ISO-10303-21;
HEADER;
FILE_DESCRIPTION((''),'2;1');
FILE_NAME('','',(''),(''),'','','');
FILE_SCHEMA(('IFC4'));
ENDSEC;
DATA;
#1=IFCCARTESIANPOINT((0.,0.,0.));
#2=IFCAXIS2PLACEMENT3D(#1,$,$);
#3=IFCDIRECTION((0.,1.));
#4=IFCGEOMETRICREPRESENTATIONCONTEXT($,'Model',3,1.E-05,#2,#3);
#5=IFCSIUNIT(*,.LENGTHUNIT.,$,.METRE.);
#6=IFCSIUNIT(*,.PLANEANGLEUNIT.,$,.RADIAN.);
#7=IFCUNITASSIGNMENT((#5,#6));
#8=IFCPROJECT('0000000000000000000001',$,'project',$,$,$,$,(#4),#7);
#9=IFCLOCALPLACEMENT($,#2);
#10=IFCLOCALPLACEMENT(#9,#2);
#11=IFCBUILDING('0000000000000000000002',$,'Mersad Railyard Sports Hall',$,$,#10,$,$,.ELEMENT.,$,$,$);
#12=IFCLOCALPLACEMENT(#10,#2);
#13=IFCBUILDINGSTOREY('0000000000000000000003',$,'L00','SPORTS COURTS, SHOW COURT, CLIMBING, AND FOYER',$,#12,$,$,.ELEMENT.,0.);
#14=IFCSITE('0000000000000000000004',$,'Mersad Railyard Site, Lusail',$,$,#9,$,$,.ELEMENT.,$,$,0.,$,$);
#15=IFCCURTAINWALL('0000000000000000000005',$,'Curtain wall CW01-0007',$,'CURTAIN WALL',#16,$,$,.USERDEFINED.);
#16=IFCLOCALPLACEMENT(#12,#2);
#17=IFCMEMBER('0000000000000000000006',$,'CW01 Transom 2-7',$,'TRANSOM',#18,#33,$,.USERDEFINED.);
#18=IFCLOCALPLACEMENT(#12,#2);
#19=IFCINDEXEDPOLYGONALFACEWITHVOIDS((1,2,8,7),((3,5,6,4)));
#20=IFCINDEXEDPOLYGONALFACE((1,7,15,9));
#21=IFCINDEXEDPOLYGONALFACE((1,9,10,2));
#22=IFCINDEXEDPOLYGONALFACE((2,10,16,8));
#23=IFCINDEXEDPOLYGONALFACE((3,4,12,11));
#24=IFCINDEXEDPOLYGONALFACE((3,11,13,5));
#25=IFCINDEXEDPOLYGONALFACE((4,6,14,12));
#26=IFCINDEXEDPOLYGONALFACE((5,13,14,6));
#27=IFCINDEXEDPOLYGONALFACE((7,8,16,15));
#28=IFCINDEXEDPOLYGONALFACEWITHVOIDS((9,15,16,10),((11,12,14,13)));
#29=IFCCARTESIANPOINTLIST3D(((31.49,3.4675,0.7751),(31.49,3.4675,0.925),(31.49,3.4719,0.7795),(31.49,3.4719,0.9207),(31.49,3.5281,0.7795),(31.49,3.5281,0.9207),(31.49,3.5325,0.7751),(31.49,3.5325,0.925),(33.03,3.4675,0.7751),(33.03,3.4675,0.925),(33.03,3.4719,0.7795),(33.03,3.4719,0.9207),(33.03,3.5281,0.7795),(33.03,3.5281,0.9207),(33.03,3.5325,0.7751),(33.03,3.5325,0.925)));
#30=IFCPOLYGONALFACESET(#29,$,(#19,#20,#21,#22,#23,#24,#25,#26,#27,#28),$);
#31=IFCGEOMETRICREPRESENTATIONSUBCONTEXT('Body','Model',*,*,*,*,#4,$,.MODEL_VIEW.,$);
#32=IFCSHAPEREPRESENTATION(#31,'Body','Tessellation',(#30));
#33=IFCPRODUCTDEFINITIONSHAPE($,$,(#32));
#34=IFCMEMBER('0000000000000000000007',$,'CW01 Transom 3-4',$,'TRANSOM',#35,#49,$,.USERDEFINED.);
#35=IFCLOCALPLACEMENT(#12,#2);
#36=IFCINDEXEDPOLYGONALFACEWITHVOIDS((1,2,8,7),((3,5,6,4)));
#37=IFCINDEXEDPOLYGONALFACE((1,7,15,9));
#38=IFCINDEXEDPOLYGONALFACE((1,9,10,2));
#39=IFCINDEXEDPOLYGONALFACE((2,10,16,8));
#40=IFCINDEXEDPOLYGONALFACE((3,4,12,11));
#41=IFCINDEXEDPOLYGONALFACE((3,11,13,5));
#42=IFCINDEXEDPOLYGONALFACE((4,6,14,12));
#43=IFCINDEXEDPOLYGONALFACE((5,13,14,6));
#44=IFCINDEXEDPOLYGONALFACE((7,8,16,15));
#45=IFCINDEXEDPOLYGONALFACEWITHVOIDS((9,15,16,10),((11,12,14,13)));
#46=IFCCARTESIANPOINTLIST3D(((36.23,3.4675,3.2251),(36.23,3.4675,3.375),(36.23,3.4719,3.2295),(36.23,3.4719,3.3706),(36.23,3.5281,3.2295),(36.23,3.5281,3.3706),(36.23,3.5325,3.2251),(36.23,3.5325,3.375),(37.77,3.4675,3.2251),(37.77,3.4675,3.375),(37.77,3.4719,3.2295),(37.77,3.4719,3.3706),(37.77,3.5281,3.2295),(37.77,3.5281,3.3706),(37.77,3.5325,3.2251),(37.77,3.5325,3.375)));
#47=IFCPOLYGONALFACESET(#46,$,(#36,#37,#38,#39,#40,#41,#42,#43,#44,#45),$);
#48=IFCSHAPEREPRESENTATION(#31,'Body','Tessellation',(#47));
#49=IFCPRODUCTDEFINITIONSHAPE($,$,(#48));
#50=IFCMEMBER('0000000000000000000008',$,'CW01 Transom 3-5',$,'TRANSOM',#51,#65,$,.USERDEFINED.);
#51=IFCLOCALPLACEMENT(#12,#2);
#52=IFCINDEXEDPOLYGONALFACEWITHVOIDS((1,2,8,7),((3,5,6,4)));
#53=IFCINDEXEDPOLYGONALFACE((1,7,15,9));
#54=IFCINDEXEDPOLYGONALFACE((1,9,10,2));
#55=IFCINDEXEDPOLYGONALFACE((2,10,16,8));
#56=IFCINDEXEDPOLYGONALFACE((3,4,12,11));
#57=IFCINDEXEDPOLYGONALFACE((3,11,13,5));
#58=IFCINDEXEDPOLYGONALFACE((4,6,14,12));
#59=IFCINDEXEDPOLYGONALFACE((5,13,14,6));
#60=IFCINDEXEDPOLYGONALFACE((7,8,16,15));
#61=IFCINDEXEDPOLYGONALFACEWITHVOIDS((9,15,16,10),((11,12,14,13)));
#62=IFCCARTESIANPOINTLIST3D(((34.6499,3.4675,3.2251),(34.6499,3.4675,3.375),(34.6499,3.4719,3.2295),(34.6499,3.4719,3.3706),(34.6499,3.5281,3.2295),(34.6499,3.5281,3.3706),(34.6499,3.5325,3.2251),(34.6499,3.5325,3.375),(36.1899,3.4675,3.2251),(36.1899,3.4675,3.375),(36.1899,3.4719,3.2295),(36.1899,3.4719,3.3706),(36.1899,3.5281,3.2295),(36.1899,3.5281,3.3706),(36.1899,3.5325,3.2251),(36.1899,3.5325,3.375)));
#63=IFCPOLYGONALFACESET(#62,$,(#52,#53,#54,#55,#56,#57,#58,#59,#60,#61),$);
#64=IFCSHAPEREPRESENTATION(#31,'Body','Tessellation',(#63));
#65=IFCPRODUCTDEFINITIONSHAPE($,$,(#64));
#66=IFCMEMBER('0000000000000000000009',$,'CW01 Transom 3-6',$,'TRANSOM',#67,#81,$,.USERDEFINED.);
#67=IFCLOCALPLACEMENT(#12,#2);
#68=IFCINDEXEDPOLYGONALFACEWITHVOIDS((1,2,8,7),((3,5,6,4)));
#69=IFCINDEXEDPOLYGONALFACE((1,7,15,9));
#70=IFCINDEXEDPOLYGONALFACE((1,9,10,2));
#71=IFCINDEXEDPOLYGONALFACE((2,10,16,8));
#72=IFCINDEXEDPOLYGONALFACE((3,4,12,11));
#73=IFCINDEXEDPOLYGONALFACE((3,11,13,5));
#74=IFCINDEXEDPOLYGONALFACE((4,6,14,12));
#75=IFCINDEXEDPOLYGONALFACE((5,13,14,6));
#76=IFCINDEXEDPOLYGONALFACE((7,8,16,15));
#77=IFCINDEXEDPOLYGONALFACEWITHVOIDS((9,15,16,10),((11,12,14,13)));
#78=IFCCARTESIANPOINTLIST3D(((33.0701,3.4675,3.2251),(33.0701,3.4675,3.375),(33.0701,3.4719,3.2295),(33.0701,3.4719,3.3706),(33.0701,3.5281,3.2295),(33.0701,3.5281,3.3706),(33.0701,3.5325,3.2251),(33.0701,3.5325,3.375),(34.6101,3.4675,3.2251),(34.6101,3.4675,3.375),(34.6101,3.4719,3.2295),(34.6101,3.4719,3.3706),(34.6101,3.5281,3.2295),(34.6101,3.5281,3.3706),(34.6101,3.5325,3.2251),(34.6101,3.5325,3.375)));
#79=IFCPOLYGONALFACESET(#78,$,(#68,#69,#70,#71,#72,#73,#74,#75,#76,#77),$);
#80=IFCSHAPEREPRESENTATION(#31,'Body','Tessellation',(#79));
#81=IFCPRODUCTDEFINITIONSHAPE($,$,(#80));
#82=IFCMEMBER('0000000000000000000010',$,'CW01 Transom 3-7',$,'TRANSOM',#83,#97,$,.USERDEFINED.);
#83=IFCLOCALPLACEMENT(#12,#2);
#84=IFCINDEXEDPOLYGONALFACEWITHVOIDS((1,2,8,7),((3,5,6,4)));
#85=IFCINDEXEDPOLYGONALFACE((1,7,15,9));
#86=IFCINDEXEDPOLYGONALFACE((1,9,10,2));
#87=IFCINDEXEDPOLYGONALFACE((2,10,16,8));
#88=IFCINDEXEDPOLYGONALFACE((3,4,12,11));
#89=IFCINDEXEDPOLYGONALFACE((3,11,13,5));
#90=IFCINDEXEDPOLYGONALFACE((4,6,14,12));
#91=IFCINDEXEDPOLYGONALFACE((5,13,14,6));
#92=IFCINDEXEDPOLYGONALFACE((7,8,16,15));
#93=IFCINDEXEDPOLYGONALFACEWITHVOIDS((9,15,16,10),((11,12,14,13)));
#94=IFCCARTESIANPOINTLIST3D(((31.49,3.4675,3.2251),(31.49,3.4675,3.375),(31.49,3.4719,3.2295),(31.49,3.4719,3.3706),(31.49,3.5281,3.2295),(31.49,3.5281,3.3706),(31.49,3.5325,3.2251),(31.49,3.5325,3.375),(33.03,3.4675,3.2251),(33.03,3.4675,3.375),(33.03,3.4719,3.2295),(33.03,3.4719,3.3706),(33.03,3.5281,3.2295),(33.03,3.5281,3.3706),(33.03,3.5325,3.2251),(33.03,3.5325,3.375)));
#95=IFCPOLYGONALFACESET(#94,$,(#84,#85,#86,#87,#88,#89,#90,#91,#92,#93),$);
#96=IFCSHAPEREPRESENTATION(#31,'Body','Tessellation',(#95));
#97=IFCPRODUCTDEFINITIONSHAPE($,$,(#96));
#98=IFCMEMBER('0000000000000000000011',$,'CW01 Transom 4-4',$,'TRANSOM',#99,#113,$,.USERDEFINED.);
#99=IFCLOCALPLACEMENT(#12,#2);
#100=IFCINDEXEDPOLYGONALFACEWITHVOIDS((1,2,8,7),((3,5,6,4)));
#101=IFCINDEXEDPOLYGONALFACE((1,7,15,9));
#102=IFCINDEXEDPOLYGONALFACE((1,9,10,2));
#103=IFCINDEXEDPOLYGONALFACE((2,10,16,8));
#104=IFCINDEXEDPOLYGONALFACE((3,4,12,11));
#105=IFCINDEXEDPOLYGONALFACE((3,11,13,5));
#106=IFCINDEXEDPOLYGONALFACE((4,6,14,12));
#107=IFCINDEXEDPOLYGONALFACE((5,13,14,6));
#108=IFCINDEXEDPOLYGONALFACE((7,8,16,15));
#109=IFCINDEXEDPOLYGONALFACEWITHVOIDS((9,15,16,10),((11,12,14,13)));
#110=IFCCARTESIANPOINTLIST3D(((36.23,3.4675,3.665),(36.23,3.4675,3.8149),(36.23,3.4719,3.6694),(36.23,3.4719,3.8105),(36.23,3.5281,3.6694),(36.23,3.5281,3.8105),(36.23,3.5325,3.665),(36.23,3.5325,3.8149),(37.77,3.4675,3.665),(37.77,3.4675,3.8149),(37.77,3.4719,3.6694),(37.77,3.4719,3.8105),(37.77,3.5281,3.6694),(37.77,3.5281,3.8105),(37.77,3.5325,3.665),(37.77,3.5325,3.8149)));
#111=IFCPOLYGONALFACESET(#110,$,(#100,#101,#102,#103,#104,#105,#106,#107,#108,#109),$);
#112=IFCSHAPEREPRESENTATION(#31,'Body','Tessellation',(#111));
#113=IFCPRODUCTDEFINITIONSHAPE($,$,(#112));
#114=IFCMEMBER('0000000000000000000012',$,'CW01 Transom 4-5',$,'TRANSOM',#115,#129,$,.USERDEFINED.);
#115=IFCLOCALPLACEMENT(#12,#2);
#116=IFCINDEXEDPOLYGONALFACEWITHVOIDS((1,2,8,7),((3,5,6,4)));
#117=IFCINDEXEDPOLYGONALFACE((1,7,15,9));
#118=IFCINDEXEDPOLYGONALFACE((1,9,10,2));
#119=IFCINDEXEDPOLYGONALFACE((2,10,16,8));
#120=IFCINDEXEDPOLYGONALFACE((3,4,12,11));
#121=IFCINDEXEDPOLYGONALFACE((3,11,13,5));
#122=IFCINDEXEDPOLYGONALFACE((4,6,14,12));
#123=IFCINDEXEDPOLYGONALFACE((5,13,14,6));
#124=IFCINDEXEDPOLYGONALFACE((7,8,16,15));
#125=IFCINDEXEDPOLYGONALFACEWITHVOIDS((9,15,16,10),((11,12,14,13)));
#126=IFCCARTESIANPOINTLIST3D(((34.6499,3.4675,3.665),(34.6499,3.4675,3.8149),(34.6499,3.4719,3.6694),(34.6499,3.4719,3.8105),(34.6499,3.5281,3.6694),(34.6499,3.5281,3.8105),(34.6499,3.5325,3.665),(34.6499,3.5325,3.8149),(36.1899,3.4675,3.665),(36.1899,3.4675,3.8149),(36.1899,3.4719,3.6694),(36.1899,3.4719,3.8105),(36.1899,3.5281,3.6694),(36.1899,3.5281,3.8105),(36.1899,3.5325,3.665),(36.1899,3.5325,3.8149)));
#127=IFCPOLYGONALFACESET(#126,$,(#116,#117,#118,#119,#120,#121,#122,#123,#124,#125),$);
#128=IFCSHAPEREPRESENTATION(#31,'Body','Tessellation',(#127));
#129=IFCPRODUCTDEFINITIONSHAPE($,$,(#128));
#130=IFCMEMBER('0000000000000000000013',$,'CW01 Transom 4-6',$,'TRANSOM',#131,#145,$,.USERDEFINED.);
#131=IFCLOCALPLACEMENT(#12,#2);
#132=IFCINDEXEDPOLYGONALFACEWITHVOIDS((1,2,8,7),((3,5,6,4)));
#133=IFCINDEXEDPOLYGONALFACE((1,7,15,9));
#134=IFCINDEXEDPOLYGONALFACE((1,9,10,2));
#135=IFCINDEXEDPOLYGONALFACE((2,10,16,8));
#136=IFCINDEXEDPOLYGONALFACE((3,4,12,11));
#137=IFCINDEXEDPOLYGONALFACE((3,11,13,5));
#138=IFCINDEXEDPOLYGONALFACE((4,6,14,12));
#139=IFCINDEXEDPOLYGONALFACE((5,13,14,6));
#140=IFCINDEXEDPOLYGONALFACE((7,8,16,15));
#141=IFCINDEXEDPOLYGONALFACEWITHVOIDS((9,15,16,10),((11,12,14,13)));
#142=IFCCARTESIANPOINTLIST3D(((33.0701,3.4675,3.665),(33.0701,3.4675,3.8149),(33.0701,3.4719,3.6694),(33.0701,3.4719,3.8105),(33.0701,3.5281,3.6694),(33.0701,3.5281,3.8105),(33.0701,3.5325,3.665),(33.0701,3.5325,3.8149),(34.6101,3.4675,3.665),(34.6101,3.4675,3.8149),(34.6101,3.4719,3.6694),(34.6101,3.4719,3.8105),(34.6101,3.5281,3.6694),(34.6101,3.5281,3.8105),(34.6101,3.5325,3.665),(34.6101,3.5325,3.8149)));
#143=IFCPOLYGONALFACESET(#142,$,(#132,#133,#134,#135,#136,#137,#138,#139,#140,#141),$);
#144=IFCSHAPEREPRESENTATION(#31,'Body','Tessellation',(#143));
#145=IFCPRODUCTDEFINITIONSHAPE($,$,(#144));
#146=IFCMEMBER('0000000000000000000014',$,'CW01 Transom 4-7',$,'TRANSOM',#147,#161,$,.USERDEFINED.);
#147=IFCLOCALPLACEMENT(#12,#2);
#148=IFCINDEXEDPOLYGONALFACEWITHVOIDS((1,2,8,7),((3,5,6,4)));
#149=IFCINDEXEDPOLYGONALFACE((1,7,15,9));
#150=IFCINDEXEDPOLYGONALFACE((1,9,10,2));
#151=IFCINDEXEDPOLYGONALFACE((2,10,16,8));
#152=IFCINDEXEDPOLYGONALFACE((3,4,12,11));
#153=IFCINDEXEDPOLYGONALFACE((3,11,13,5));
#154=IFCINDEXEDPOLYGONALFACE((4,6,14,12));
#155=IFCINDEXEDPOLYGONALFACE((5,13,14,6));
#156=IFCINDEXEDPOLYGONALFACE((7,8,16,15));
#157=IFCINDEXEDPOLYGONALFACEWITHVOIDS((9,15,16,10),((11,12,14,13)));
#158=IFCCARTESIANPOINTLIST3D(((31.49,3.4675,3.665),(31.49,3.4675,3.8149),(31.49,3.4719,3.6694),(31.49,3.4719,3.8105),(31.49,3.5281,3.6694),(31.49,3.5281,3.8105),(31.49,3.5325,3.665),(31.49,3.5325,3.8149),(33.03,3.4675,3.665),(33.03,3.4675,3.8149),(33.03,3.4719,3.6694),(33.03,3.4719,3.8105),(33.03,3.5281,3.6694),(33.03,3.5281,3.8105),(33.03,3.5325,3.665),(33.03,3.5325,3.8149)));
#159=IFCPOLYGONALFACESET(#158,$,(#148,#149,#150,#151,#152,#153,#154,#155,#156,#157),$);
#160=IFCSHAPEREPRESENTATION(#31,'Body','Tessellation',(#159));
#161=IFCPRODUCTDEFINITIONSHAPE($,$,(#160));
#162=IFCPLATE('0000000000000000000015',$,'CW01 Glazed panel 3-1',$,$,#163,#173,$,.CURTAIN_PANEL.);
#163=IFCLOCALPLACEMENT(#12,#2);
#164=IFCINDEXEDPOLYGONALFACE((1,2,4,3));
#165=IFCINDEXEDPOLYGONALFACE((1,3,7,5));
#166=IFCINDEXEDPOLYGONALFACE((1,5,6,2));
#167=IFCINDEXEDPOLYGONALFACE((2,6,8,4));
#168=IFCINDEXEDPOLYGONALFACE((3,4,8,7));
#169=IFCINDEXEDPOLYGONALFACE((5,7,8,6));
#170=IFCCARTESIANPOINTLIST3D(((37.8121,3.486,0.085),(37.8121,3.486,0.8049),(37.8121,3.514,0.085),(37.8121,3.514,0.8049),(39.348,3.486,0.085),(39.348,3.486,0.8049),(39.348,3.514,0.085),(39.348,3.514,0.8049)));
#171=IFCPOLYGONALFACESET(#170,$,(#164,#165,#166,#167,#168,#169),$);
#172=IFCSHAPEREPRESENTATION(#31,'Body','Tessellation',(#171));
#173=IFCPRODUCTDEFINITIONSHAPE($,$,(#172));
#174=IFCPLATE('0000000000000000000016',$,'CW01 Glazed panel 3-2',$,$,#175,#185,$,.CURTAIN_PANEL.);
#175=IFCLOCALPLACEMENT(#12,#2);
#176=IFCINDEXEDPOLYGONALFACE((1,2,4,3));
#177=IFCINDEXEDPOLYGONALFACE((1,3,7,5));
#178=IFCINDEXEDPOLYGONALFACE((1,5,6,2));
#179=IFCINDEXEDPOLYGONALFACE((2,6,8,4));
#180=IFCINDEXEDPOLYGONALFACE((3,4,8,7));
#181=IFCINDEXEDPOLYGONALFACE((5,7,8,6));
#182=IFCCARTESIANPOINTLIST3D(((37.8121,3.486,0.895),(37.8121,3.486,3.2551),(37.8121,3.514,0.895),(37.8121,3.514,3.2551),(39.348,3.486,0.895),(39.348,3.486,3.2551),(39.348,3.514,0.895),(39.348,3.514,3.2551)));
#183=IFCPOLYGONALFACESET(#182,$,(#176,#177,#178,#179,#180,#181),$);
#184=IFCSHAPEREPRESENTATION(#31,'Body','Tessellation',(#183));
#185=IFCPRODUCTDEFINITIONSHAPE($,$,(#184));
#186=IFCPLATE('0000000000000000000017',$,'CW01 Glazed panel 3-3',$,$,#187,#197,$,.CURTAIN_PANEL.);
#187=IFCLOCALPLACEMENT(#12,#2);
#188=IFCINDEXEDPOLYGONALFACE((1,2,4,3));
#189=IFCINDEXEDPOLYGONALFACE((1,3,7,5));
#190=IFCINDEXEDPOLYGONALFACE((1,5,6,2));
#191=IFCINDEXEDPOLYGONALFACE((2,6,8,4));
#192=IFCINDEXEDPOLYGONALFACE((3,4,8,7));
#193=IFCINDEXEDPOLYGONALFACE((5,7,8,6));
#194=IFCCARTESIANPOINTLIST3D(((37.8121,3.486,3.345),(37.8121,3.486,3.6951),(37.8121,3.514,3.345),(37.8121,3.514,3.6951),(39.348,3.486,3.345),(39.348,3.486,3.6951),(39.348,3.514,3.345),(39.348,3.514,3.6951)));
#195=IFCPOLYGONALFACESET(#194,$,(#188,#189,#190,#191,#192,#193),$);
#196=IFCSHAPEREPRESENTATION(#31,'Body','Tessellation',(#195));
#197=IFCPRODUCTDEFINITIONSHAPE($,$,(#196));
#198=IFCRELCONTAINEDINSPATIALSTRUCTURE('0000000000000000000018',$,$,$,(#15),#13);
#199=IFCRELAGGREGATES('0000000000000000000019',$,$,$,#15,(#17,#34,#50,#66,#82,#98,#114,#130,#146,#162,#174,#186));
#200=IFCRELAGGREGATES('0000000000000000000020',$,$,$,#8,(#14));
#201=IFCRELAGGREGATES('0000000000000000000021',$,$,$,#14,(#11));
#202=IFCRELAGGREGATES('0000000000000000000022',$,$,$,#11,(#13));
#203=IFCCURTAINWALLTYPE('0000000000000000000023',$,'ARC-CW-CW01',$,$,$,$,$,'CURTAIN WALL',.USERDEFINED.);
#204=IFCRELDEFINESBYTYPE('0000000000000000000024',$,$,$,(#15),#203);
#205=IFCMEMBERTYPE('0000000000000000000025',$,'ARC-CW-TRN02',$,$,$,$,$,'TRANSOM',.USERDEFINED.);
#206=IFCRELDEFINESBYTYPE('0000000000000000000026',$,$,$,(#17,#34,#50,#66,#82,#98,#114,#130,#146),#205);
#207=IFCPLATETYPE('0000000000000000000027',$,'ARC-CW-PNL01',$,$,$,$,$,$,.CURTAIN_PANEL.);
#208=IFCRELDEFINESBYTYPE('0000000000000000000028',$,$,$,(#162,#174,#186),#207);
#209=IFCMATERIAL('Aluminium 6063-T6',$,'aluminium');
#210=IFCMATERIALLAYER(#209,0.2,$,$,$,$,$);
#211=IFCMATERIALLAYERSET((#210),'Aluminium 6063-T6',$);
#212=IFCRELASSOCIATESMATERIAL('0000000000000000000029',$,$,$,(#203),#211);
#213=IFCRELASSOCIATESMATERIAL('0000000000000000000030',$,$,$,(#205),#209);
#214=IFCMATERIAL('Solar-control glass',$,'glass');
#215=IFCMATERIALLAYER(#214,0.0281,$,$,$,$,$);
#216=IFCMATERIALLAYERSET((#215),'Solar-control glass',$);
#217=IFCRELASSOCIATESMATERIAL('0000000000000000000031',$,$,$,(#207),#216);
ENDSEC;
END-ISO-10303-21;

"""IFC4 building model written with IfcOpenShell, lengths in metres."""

from ifc_helpers import new_model, si_unit, direction, frame, origin, origin_2d, place, context, subcontext, project, spatial, rectangle, hollow_rectangle, extrude, material, layer, layer_set, material_profile, profile_set, type_object, element, aggregate, save


model = new_model("IFC4")

# Units and contexts
model_context = context("Model", 3, precision=1e-05, world=origin(), true_north=direction((0.0, 1.0)))
body_context = subcontext(model_context, "Body", "Model", "MODEL_VIEW")
ifc_project = project(units=[si_unit("LENGTHUNIT", "METRE"), si_unit("PLANEANGLEUNIT", "RADIAN")], contexts=[model_context])

# Site, building, storey
site_placement = place(None, origin())
site = spatial("IfcSite", under=ifc_project, at=site_placement, Name="Mersad Railyard Site, Lusail", CompositionType="ELEMENT", RefElevation=0.0)
building_placement = place(site_placement, origin())
building = spatial("IfcBuilding", under=site, at=building_placement, Name="Mersad Railyard Sports Hall", CompositionType="ELEMENT")
storey_placement = place(building_placement, origin())
storey = spatial("IfcBuildingStorey", under=building, at=storey_placement, Name="L00", Description="SPORTS COURTS, SHOW COURT, CLIMBING, AND FOYER", CompositionType="ELEMENT", Elevation=0.0)

# Curtain wall, members, plates
ifc_material_1 = material(Name="Aluminium 6063-T6", Category="aluminium")
ifc_layer_1 = layer(ifc_material_1, 0.2)
ifc_layer_set_1 = layer_set([ifc_layer_1], Name="Aluminium 6063-T6")
curtain_wall_type = type_object("IfcCurtainWallType", Name="ARC-CW-CW01", ElementType="CURTAIN WALL", PredefinedType="USERDEFINED", material=ifc_layer_set_1)
curtain_wall_placement = place(storey_placement, origin())
curtain_wall = element("IfcCurtainWall", 1, at=curtain_wall_placement, inside=storey, type_object=curtain_wall_type, Name="Curtain wall CW01-0007", ObjectType="CURTAIN WALL", PredefinedType="USERDEFINED")
ifc_material_profile_1 = material_profile(ifc_material_1, hollow_rectangle(XDim=0.0649, YDim=0.1499, WallThickness=0.0044, at=origin_2d()), Name="AL TRANSOM 65x150x4.5")
ifc_profile_set_1 = profile_set([ifc_material_profile_1], Name="Aluminium 6063-T6")
member_type_1 = type_object("IfcMemberType", Name="ARC-CW-TRN02", ElementType="TRANSOM", PredefinedType="USERDEFINED", material=ifc_profile_set_1)
member_1_placement = place(storey_placement, frame((33.03, 3.5, 0.8501), z_axis=(-1.0, 0.0, 0.0), x_axis=(0.0, -1.0, 0.0)))
member_1 = element("IfcMember", 2, at=member_1_placement, type_object=member_type_1, Name="CW01 Transom 2-7", ObjectType="TRANSOM", PredefinedType="USERDEFINED", context=body_context, shape_type="SweptSolid", body=[
    extrude(hollow_rectangle(XDim=0.0649, YDim=0.1499, WallThickness=0.0044, at=origin_2d()), origin(), (0.0, 0.0, 1.0), 1.54),
])
member_2_placement = place(storey_placement, frame((37.77, 3.5, 3.3), z_axis=(-1.0, 0.0, 0.0), x_axis=(0.0, -1.0, 0.0)))
member_2 = element("IfcMember", 3, at=member_2_placement, type_object=member_type_1, Name="CW01 Transom 3-4", ObjectType="TRANSOM", PredefinedType="USERDEFINED", context=body_context, shape_type="SweptSolid", body=[
    extrude(hollow_rectangle(XDim=0.0649, YDim=0.1499, WallThickness=0.0044, at=origin_2d()), origin(), (0.0, 0.0, 1.0), 1.54),
])
member_3_placement = place(storey_placement, frame((36.1899, 3.5, 3.3), z_axis=(-1.0, 0.0, 0.0), x_axis=(0.0, -1.0, 0.0)))
member_3 = element("IfcMember", 4, at=member_3_placement, type_object=member_type_1, Name="CW01 Transom 3-5", ObjectType="TRANSOM", PredefinedType="USERDEFINED", context=body_context, shape_type="SweptSolid", body=[
    extrude(hollow_rectangle(XDim=0.0649, YDim=0.1499, WallThickness=0.0044, at=origin_2d()), origin(), (0.0, 0.0, 1.0), 1.54),
])
member_4_placement = place(storey_placement, frame((34.6101, 3.5, 3.3), z_axis=(-1.0, 0.0, 0.0), x_axis=(0.0, -1.0, 0.0)))
member_4 = element("IfcMember", 5, at=member_4_placement, type_object=member_type_1, Name="CW01 Transom 3-6", ObjectType="TRANSOM", PredefinedType="USERDEFINED", context=body_context, shape_type="SweptSolid", body=[
    extrude(hollow_rectangle(XDim=0.0649, YDim=0.1499, WallThickness=0.0044, at=origin_2d()), origin(), (0.0, 0.0, 1.0), 1.54),
])
member_5_placement = place(storey_placement, frame((33.03, 3.5, 3.3), z_axis=(-1.0, 0.0, 0.0), x_axis=(0.0, -1.0, 0.0)))
member_5 = element("IfcMember", 6, at=member_5_placement, type_object=member_type_1, Name="CW01 Transom 3-7", ObjectType="TRANSOM", PredefinedType="USERDEFINED", context=body_context, shape_type="SweptSolid", body=[
    extrude(hollow_rectangle(XDim=0.0649, YDim=0.1499, WallThickness=0.0044, at=origin_2d()), origin(), (0.0, 0.0, 1.0), 1.54),
])
member_6_placement = place(storey_placement, frame((37.77, 3.5, 3.74), z_axis=(-1.0, 0.0, 0.0), x_axis=(0.0, -1.0, 0.0)))
member_6 = element("IfcMember", 7, at=member_6_placement, type_object=member_type_1, Name="CW01 Transom 4-4", ObjectType="TRANSOM", PredefinedType="USERDEFINED", context=body_context, shape_type="SweptSolid", body=[
    extrude(hollow_rectangle(XDim=0.0649, YDim=0.1499, WallThickness=0.0044, at=origin_2d()), origin(), (0.0, 0.0, 1.0), 1.54),
])
member_7_placement = place(storey_placement, frame((36.1899, 3.5, 3.74), z_axis=(-1.0, 0.0, 0.0), x_axis=(0.0, -1.0, 0.0)))
member_7 = element("IfcMember", 8, at=member_7_placement, type_object=member_type_1, Name="CW01 Transom 4-5", ObjectType="TRANSOM", PredefinedType="USERDEFINED", context=body_context, shape_type="SweptSolid", body=[
    extrude(hollow_rectangle(XDim=0.0649, YDim=0.1499, WallThickness=0.0044, at=origin_2d()), origin(), (0.0, 0.0, 1.0), 1.54),
])
member_8_placement = place(storey_placement, frame((34.6101, 3.5, 3.74), z_axis=(-1.0, 0.0, 0.0), x_axis=(0.0, -1.0, 0.0)))
member_8 = element("IfcMember", 9, at=member_8_placement, type_object=member_type_1, Name="CW01 Transom 4-6", ObjectType="TRANSOM", PredefinedType="USERDEFINED", context=body_context, shape_type="SweptSolid", body=[
    extrude(hollow_rectangle(XDim=0.0649, YDim=0.1499, WallThickness=0.0044, at=origin_2d()), origin(), (0.0, 0.0, 1.0), 1.54),
])
member_9_placement = place(storey_placement, frame((33.03, 3.5, 3.74), z_axis=(-1.0, 0.0, 0.0), x_axis=(0.0, -1.0, 0.0)))
member_9 = element("IfcMember", 10, at=member_9_placement, type_object=member_type_1, Name="CW01 Transom 4-7", ObjectType="TRANSOM", PredefinedType="USERDEFINED", context=body_context, shape_type="SweptSolid", body=[
    extrude(hollow_rectangle(XDim=0.0649, YDim=0.1499, WallThickness=0.0044, at=origin_2d()), origin(), (0.0, 0.0, 1.0), 1.54),
])
ifc_material_2 = material(Name="Solar-control glass", Category="glass")
ifc_layer_2 = layer(ifc_material_2, 0.0281)
ifc_layer_set_2 = layer_set([ifc_layer_2], Name="Solar-control glass")
plate_type = type_object("IfcPlateType", Name="ARC-CW-PNL01", PredefinedType="CURTAIN_PANEL", material=ifc_layer_set_2)
plate_1_placement = place(storey_placement, frame((38.5801, 3.5, 0.085), z_axis=(0.0, 0.0, 1.0), x_axis=(-1.0, 0.0, 0.0)))
plate_1 = element("IfcPlate", 11, at=plate_1_placement, type_object=plate_type, Name="CW01 Glazed panel 3-1", PredefinedType="CURTAIN_PANEL", context=body_context, shape_type="SweptSolid", body=[
    extrude(rectangle(XDim=1.5359, YDim=0.0281, at=origin_2d()), origin(), (0.0, 0.0, 1.0), 0.72),
])
plate_2_placement = place(storey_placement, frame((38.5801, 3.5, 0.895), z_axis=(0.0, 0.0, 1.0), x_axis=(-1.0, 0.0, 0.0)))
plate_2 = element("IfcPlate", 12, at=plate_2_placement, type_object=plate_type, Name="CW01 Glazed panel 3-2", PredefinedType="CURTAIN_PANEL", context=body_context, shape_type="SweptSolid", body=[
    extrude(rectangle(XDim=1.5359, YDim=0.0281, at=origin_2d()), origin(), (0.0, 0.0, 1.0), 2.3601),
])
plate_3_placement = place(storey_placement, frame((38.5801, 3.5, 3.345), z_axis=(0.0, 0.0, 1.0), x_axis=(-1.0, 0.0, 0.0)))
plate_3 = element("IfcPlate", 13, at=plate_3_placement, type_object=plate_type, Name="CW01 Glazed panel 3-3", PredefinedType="CURTAIN_PANEL", context=body_context, shape_type="SweptSolid", body=[
    extrude(rectangle(XDim=1.5359, YDim=0.0281, at=origin_2d()), origin(), (0.0, 0.0, 1.0), 0.3501),
])
aggregate(curtain_wall, [member_1, member_2, member_3, member_4, member_5, member_6, member_7, member_8, member_9, plate_1, plate_2, plate_3])

save(model, "model.ifc")
